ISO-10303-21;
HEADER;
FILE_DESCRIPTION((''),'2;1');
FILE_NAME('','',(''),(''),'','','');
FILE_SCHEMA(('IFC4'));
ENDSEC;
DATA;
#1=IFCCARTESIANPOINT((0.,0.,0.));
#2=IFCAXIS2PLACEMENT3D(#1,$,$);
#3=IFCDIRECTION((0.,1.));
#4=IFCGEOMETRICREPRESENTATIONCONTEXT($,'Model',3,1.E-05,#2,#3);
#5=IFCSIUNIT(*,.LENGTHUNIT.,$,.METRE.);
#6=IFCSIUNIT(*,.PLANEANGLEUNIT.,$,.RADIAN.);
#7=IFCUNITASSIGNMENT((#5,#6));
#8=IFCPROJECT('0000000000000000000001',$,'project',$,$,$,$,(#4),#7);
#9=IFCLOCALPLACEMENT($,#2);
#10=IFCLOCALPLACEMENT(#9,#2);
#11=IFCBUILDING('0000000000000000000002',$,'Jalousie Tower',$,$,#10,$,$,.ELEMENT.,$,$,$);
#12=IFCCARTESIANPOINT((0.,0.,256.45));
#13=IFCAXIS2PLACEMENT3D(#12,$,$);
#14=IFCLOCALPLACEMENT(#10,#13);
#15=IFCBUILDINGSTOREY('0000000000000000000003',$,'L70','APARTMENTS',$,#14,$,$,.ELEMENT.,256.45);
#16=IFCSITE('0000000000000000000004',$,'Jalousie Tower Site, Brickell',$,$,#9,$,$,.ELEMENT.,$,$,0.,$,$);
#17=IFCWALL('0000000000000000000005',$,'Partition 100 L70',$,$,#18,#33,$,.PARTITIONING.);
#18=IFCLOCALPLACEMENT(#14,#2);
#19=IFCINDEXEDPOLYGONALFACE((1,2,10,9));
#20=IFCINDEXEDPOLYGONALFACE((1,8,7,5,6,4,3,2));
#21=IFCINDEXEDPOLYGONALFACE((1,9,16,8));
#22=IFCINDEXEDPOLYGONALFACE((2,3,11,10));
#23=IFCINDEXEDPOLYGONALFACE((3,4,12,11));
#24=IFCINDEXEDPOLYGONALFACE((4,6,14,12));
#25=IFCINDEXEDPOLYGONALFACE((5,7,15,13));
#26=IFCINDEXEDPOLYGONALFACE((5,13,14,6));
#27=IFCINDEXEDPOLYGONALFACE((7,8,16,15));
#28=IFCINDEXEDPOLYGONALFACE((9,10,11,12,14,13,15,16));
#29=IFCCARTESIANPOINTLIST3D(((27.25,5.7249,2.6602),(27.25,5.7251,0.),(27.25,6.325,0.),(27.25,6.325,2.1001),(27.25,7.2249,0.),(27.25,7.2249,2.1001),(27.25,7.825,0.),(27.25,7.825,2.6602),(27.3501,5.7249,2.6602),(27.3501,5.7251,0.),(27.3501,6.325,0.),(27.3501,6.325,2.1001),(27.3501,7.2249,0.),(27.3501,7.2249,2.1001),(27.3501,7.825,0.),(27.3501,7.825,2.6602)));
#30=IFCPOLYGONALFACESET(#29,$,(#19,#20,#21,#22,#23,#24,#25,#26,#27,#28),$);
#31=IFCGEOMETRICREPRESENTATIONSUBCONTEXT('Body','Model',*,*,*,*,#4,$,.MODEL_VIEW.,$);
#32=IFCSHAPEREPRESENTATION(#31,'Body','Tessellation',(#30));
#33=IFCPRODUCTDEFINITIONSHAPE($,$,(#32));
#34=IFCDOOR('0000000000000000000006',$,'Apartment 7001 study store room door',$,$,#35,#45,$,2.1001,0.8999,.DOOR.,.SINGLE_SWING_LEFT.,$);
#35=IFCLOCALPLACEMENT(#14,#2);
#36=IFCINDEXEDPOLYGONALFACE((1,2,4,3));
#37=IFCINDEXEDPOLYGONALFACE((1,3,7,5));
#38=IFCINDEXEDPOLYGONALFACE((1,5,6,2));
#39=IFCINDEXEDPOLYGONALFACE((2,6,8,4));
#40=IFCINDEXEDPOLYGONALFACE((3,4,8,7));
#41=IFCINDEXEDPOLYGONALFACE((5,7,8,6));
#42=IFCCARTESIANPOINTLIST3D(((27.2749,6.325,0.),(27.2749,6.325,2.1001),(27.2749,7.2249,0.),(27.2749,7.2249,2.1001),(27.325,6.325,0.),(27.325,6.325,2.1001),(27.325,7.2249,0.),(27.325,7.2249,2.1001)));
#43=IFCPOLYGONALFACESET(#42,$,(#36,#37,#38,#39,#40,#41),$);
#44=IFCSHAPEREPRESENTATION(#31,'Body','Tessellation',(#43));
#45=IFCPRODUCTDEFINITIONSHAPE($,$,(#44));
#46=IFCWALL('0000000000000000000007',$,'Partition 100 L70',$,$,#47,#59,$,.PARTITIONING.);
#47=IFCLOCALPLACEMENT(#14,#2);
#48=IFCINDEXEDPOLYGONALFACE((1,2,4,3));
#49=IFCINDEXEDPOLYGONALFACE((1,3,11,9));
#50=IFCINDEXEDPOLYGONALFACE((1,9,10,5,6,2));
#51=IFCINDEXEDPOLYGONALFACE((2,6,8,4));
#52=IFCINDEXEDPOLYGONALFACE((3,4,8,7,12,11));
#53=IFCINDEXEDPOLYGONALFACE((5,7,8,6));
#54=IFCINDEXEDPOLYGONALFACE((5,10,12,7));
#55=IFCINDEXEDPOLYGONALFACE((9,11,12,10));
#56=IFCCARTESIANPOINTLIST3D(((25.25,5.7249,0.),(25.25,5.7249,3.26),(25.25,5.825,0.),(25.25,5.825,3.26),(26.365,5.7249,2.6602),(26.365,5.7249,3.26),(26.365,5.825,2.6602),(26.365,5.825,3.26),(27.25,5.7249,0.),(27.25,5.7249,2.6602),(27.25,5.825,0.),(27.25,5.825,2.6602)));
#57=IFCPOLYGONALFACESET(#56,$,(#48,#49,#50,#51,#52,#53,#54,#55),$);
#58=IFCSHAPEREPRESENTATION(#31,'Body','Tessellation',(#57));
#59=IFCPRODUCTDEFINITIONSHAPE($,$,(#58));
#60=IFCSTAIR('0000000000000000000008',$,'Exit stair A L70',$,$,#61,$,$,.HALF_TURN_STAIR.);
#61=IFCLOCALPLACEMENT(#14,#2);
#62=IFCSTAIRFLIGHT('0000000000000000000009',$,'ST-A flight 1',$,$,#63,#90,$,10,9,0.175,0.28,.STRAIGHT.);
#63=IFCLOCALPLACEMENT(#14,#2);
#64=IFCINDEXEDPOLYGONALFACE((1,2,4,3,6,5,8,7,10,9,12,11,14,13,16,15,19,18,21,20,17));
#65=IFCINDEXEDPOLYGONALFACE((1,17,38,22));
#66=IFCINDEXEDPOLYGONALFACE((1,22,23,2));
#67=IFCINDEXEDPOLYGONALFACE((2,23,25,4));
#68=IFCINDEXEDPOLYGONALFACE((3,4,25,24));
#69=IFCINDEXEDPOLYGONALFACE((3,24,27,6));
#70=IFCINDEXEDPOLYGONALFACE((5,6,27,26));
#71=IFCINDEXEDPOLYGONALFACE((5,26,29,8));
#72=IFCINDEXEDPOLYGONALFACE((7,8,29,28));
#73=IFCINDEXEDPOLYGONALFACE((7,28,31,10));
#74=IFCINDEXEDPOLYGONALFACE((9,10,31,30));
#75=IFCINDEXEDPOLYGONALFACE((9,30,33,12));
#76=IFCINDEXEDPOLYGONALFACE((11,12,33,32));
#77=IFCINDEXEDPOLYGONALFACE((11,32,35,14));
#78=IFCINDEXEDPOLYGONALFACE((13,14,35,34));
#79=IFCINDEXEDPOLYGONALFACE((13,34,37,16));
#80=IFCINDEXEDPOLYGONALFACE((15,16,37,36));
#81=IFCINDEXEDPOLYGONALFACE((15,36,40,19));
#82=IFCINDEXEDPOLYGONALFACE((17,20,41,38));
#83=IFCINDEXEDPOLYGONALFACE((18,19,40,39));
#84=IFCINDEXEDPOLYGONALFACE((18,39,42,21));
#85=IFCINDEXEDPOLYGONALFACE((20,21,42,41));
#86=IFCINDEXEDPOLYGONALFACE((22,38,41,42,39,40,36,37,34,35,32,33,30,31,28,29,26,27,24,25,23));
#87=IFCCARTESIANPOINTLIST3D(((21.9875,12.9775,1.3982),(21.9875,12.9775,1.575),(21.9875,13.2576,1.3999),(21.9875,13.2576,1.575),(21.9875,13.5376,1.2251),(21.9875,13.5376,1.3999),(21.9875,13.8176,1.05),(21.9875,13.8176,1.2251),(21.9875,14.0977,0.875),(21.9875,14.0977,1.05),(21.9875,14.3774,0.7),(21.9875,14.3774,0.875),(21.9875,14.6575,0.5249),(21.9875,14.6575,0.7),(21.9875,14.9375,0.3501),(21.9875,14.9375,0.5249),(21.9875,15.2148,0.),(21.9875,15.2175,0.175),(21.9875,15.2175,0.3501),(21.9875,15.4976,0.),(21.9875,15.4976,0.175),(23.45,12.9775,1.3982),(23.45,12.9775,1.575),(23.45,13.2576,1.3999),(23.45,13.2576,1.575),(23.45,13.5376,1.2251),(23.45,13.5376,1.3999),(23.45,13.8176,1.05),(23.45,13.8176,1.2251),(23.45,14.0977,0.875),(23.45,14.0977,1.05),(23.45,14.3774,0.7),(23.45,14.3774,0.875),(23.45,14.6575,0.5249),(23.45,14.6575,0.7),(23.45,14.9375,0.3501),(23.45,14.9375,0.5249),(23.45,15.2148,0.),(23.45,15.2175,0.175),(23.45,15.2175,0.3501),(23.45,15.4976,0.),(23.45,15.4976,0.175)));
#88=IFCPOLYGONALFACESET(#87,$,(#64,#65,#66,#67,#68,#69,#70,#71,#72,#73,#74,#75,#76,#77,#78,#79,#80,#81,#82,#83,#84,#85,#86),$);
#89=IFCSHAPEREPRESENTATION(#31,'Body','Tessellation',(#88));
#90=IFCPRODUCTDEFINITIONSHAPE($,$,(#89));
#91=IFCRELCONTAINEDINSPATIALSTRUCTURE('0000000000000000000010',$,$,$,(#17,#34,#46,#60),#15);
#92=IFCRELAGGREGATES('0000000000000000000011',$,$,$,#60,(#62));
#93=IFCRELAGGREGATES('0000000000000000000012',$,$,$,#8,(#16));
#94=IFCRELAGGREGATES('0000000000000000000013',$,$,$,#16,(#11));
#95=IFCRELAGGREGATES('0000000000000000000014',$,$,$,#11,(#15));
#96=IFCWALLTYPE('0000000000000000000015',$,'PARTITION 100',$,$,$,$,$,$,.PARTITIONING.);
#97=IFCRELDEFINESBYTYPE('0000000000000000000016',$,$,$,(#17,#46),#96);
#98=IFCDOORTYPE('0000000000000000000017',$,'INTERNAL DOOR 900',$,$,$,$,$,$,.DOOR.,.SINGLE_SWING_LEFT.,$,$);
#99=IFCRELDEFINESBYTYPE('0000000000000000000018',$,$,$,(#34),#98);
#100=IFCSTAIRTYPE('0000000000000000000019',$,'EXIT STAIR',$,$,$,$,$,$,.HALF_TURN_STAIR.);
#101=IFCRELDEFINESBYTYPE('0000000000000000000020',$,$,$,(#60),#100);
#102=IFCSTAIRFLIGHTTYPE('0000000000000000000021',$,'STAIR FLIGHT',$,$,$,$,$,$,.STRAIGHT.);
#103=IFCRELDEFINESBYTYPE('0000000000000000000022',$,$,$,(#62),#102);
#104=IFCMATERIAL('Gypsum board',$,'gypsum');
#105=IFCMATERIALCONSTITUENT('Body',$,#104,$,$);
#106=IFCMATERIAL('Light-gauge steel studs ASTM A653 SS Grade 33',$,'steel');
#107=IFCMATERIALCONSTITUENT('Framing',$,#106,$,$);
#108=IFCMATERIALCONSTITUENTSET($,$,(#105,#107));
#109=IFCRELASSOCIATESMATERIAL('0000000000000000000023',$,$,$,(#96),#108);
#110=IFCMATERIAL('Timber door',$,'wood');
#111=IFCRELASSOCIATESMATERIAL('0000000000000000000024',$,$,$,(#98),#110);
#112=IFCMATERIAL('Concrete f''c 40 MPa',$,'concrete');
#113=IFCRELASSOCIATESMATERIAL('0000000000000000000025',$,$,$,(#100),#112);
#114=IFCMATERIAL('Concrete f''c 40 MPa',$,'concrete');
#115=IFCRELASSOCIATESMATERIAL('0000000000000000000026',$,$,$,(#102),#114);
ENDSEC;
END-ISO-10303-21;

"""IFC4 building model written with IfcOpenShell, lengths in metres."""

from ifc_helpers import new_model, si_unit, direction, frame, frame_2d, origin, place, context, subcontext, project, spatial, polyline, rectangle, outline, extrude, material, constituent, constituent_set, type_object, element, fill, aggregate, save


model = new_model("IFC4")

# Units and contexts
model_context = context("Model", 3, precision=1e-05, world=origin(), true_north=direction((0.0, 1.0)))
body_context = subcontext(model_context, "Body", "Model", "MODEL_VIEW")
ifc_project = project(units=[si_unit("LENGTHUNIT", "METRE"), si_unit("PLANEANGLEUNIT", "RADIAN")], contexts=[model_context])

# Site, building, storey
site_placement = place(None, origin())
site = spatial("IfcSite", under=ifc_project, at=site_placement, Name="Jalousie Tower Site, Brickell", CompositionType="ELEMENT", RefElevation=0.0)
building_placement = place(site_placement, origin())
building = spatial("IfcBuilding", under=site, at=building_placement, Name="Jalousie Tower", CompositionType="ELEMENT")
storey_placement = place(building_placement, frame((0.0, 0.0, 256.45)))
storey = spatial("IfcBuildingStorey", under=building, at=storey_placement, Name="L70", Description="APARTMENTS", CompositionType="ELEMENT", Elevation=256.45)

# Wall, opening, door
ifc_material_1 = material(Name="Gypsum board", Category="gypsum")
ifc_constituent_1 = constituent(ifc_material_1, Name="Body")
ifc_material_2 = material(Name="Light-gauge steel studs ASTM A653 SS Grade 33", Category="steel")
ifc_constituent_2 = constituent(ifc_material_2, Name="Framing")
ifc_constituent_set_1 = constituent_set(constituents=[ifc_constituent_1, ifc_constituent_2])
wall_type_1 = type_object("IfcWallType", Name="PARTITION 100", PredefinedType="PARTITIONING", material=ifc_constituent_set_1)
wall_1_placement = place(storey_placement, frame((27.3, 7.825, 0.0), z_axis=(0.0, 0.0, 1.0), x_axis=(0.0, -1.0, 0.0)))
wall_1 = element("IfcWall", 1, at=wall_1_placement, inside=storey, type_object=wall_type_1, Name="Partition 100 L70", PredefinedType="PARTITIONING", context=body_context, shape_type="SweptSolid", body=[
    extrude(outline(polyline([(0.0, 0.0), (2.0999, 0.0), (2.1001, 3.26), (2.1001, 2.6602), (0.0, 2.6602), (0.0, 3.26), (0.0, 0.0)])), frame((0.0, 0.05, 0.0), z_axis=(0.0, -1.0, 0.0), x_axis=(1.0, 0.0, 0.0)), (0.0, 0.0, 1.0), 0.1001),
])
opening_1_placement = place(wall_1_placement, frame((0.6001, 0.0, 0.0)))
opening_1 = element("IfcOpeningElement", 2, at=opening_1_placement, cuts=wall_1, PredefinedType="OPENING", context=body_context, shape_type="SweptSolid", body=[
    extrude(rectangle(XDim=0.8999, YDim=2.1001, at=frame_2d((0.45, 1.05))), frame((0.0, 0.0601, 0.0), z_axis=(0.0, -1.0, 0.0), x_axis=(1.0, 0.0, 0.0)), (0.0, 0.0, 1.0), 0.1201),
])
ifc_material_3 = material(Name="Timber door", Category="wood")
door_type_1 = type_object("IfcDoorType", Name="INTERNAL DOOR 900", OperationType="SINGLE_SWING_LEFT", PredefinedType="DOOR", material=ifc_material_3)
door_1_placement = place(opening_1_placement, origin())
door_1 = element("IfcDoor", 3, at=door_1_placement, inside=storey, type_object=door_type_1, Name="Apartment 7001 study store room door", OperationType="SINGLE_SWING_LEFT", OverallHeight=2.1001, OverallWidth=0.8999, PredefinedType="DOOR", context=body_context, shape_type="SweptSolid", body=[
    extrude(rectangle(XDim=0.8999, YDim=2.1001, at=frame_2d((0.45, 1.05))), frame((0.0, 0.0249, 0.0), z_axis=(0.0, -1.0, 0.0), x_axis=(1.0, 0.0, 0.0)), (0.0, 0.0, 1.0), 0.05),
])
fill(opening_1, door_1)

# Wall
wall_2_placement = place(storey_placement, frame((25.25, 5.7749, 0.0), z_axis=(0.0, 0.0, 1.0), x_axis=(1.0, 0.0, 0.0)))
element("IfcWall", 4, at=wall_2_placement, inside=storey, type_object=wall_type_1, Name="Partition 100 L70", PredefinedType="PARTITIONING", context=body_context, shape_type="SweptSolid", body=[
    extrude(outline(polyline([(0.0, 0.0), (2.0, 0.0), (2.0, 3.26), (2.0, 2.6602), (1.115, 2.6602), (1.115, 3.26), (0.0, 3.26), (0.0, 0.0)])), frame((0.0, 0.05, 0.0), z_axis=(0.0, -1.0, 0.0), x_axis=(1.0, 0.0, 0.0)), (0.0, 0.0, 1.0), 0.1001),
])

# Stair, stair flight
ifc_material_4 = material(Name="Concrete f'c 40 MPa", Category="concrete")
stair_type = type_object("IfcStairType", Name="EXIT STAIR", PredefinedType="HALF_TURN_STAIR", material=ifc_material_4)
stair_placement = place(storey_placement, origin())
stair = element("IfcStair", 5, at=stair_placement, inside=storey, type_object=stair_type, Name="Exit stair A L70", PredefinedType="HALF_TURN_STAIR")
ifc_material_5 = material(Name="Concrete f'c 40 MPa", Category="concrete")
stair_flight_type = type_object("IfcStairFlightType", Name="STAIR FLIGHT", PredefinedType="STRAIGHT", material=ifc_material_5)
stair_flight_placement = place(storey_placement, frame((22.7188, 15.4976, 0.0), z_axis=(0.0, 0.0, 1.0), x_axis=(0.0, -1.0, 0.0)))
stair_flight = element("IfcStairFlight", 6, at=stair_flight_placement, type_object=stair_flight_type, Name="ST-A flight 1", NumberOfRisers=10, NumberOfTreads=9, PredefinedType="STRAIGHT", RiserHeight=0.175, TreadLength=0.28, context=body_context, shape_type="SweptSolid", body=[
    extrude(outline(polyline([(0.0, 0.0), (0.0, 0.175), (0.28, 0.175), (0.28, 0.3501), (0.5601, 0.3501), (0.5601, 0.5249), (0.8401, 0.5249), (0.8401, 0.7), (1.1201, 0.7), (1.1201, 0.875), (1.3999, 0.875), (1.3999, 1.05), (1.6799, 1.05), (1.6799, 1.2251), (1.96, 1.2251), (1.96, 1.3999), (2.24, 1.3999), (2.24, 1.575), (2.52, 1.575), (2.52, 1.75), (2.52, 1.3982), (0.2827, 0.0), (0.0, 0.0)])), frame((0.0, 0.7312, 0.0), z_axis=(0.0, -1.0, 0.0), x_axis=(1.0, 0.0, 0.0)), (0.0, 0.0, 1.0), 1.4624),
])
aggregate(stair, [stair_flight])

save(model, "model.ifc")
